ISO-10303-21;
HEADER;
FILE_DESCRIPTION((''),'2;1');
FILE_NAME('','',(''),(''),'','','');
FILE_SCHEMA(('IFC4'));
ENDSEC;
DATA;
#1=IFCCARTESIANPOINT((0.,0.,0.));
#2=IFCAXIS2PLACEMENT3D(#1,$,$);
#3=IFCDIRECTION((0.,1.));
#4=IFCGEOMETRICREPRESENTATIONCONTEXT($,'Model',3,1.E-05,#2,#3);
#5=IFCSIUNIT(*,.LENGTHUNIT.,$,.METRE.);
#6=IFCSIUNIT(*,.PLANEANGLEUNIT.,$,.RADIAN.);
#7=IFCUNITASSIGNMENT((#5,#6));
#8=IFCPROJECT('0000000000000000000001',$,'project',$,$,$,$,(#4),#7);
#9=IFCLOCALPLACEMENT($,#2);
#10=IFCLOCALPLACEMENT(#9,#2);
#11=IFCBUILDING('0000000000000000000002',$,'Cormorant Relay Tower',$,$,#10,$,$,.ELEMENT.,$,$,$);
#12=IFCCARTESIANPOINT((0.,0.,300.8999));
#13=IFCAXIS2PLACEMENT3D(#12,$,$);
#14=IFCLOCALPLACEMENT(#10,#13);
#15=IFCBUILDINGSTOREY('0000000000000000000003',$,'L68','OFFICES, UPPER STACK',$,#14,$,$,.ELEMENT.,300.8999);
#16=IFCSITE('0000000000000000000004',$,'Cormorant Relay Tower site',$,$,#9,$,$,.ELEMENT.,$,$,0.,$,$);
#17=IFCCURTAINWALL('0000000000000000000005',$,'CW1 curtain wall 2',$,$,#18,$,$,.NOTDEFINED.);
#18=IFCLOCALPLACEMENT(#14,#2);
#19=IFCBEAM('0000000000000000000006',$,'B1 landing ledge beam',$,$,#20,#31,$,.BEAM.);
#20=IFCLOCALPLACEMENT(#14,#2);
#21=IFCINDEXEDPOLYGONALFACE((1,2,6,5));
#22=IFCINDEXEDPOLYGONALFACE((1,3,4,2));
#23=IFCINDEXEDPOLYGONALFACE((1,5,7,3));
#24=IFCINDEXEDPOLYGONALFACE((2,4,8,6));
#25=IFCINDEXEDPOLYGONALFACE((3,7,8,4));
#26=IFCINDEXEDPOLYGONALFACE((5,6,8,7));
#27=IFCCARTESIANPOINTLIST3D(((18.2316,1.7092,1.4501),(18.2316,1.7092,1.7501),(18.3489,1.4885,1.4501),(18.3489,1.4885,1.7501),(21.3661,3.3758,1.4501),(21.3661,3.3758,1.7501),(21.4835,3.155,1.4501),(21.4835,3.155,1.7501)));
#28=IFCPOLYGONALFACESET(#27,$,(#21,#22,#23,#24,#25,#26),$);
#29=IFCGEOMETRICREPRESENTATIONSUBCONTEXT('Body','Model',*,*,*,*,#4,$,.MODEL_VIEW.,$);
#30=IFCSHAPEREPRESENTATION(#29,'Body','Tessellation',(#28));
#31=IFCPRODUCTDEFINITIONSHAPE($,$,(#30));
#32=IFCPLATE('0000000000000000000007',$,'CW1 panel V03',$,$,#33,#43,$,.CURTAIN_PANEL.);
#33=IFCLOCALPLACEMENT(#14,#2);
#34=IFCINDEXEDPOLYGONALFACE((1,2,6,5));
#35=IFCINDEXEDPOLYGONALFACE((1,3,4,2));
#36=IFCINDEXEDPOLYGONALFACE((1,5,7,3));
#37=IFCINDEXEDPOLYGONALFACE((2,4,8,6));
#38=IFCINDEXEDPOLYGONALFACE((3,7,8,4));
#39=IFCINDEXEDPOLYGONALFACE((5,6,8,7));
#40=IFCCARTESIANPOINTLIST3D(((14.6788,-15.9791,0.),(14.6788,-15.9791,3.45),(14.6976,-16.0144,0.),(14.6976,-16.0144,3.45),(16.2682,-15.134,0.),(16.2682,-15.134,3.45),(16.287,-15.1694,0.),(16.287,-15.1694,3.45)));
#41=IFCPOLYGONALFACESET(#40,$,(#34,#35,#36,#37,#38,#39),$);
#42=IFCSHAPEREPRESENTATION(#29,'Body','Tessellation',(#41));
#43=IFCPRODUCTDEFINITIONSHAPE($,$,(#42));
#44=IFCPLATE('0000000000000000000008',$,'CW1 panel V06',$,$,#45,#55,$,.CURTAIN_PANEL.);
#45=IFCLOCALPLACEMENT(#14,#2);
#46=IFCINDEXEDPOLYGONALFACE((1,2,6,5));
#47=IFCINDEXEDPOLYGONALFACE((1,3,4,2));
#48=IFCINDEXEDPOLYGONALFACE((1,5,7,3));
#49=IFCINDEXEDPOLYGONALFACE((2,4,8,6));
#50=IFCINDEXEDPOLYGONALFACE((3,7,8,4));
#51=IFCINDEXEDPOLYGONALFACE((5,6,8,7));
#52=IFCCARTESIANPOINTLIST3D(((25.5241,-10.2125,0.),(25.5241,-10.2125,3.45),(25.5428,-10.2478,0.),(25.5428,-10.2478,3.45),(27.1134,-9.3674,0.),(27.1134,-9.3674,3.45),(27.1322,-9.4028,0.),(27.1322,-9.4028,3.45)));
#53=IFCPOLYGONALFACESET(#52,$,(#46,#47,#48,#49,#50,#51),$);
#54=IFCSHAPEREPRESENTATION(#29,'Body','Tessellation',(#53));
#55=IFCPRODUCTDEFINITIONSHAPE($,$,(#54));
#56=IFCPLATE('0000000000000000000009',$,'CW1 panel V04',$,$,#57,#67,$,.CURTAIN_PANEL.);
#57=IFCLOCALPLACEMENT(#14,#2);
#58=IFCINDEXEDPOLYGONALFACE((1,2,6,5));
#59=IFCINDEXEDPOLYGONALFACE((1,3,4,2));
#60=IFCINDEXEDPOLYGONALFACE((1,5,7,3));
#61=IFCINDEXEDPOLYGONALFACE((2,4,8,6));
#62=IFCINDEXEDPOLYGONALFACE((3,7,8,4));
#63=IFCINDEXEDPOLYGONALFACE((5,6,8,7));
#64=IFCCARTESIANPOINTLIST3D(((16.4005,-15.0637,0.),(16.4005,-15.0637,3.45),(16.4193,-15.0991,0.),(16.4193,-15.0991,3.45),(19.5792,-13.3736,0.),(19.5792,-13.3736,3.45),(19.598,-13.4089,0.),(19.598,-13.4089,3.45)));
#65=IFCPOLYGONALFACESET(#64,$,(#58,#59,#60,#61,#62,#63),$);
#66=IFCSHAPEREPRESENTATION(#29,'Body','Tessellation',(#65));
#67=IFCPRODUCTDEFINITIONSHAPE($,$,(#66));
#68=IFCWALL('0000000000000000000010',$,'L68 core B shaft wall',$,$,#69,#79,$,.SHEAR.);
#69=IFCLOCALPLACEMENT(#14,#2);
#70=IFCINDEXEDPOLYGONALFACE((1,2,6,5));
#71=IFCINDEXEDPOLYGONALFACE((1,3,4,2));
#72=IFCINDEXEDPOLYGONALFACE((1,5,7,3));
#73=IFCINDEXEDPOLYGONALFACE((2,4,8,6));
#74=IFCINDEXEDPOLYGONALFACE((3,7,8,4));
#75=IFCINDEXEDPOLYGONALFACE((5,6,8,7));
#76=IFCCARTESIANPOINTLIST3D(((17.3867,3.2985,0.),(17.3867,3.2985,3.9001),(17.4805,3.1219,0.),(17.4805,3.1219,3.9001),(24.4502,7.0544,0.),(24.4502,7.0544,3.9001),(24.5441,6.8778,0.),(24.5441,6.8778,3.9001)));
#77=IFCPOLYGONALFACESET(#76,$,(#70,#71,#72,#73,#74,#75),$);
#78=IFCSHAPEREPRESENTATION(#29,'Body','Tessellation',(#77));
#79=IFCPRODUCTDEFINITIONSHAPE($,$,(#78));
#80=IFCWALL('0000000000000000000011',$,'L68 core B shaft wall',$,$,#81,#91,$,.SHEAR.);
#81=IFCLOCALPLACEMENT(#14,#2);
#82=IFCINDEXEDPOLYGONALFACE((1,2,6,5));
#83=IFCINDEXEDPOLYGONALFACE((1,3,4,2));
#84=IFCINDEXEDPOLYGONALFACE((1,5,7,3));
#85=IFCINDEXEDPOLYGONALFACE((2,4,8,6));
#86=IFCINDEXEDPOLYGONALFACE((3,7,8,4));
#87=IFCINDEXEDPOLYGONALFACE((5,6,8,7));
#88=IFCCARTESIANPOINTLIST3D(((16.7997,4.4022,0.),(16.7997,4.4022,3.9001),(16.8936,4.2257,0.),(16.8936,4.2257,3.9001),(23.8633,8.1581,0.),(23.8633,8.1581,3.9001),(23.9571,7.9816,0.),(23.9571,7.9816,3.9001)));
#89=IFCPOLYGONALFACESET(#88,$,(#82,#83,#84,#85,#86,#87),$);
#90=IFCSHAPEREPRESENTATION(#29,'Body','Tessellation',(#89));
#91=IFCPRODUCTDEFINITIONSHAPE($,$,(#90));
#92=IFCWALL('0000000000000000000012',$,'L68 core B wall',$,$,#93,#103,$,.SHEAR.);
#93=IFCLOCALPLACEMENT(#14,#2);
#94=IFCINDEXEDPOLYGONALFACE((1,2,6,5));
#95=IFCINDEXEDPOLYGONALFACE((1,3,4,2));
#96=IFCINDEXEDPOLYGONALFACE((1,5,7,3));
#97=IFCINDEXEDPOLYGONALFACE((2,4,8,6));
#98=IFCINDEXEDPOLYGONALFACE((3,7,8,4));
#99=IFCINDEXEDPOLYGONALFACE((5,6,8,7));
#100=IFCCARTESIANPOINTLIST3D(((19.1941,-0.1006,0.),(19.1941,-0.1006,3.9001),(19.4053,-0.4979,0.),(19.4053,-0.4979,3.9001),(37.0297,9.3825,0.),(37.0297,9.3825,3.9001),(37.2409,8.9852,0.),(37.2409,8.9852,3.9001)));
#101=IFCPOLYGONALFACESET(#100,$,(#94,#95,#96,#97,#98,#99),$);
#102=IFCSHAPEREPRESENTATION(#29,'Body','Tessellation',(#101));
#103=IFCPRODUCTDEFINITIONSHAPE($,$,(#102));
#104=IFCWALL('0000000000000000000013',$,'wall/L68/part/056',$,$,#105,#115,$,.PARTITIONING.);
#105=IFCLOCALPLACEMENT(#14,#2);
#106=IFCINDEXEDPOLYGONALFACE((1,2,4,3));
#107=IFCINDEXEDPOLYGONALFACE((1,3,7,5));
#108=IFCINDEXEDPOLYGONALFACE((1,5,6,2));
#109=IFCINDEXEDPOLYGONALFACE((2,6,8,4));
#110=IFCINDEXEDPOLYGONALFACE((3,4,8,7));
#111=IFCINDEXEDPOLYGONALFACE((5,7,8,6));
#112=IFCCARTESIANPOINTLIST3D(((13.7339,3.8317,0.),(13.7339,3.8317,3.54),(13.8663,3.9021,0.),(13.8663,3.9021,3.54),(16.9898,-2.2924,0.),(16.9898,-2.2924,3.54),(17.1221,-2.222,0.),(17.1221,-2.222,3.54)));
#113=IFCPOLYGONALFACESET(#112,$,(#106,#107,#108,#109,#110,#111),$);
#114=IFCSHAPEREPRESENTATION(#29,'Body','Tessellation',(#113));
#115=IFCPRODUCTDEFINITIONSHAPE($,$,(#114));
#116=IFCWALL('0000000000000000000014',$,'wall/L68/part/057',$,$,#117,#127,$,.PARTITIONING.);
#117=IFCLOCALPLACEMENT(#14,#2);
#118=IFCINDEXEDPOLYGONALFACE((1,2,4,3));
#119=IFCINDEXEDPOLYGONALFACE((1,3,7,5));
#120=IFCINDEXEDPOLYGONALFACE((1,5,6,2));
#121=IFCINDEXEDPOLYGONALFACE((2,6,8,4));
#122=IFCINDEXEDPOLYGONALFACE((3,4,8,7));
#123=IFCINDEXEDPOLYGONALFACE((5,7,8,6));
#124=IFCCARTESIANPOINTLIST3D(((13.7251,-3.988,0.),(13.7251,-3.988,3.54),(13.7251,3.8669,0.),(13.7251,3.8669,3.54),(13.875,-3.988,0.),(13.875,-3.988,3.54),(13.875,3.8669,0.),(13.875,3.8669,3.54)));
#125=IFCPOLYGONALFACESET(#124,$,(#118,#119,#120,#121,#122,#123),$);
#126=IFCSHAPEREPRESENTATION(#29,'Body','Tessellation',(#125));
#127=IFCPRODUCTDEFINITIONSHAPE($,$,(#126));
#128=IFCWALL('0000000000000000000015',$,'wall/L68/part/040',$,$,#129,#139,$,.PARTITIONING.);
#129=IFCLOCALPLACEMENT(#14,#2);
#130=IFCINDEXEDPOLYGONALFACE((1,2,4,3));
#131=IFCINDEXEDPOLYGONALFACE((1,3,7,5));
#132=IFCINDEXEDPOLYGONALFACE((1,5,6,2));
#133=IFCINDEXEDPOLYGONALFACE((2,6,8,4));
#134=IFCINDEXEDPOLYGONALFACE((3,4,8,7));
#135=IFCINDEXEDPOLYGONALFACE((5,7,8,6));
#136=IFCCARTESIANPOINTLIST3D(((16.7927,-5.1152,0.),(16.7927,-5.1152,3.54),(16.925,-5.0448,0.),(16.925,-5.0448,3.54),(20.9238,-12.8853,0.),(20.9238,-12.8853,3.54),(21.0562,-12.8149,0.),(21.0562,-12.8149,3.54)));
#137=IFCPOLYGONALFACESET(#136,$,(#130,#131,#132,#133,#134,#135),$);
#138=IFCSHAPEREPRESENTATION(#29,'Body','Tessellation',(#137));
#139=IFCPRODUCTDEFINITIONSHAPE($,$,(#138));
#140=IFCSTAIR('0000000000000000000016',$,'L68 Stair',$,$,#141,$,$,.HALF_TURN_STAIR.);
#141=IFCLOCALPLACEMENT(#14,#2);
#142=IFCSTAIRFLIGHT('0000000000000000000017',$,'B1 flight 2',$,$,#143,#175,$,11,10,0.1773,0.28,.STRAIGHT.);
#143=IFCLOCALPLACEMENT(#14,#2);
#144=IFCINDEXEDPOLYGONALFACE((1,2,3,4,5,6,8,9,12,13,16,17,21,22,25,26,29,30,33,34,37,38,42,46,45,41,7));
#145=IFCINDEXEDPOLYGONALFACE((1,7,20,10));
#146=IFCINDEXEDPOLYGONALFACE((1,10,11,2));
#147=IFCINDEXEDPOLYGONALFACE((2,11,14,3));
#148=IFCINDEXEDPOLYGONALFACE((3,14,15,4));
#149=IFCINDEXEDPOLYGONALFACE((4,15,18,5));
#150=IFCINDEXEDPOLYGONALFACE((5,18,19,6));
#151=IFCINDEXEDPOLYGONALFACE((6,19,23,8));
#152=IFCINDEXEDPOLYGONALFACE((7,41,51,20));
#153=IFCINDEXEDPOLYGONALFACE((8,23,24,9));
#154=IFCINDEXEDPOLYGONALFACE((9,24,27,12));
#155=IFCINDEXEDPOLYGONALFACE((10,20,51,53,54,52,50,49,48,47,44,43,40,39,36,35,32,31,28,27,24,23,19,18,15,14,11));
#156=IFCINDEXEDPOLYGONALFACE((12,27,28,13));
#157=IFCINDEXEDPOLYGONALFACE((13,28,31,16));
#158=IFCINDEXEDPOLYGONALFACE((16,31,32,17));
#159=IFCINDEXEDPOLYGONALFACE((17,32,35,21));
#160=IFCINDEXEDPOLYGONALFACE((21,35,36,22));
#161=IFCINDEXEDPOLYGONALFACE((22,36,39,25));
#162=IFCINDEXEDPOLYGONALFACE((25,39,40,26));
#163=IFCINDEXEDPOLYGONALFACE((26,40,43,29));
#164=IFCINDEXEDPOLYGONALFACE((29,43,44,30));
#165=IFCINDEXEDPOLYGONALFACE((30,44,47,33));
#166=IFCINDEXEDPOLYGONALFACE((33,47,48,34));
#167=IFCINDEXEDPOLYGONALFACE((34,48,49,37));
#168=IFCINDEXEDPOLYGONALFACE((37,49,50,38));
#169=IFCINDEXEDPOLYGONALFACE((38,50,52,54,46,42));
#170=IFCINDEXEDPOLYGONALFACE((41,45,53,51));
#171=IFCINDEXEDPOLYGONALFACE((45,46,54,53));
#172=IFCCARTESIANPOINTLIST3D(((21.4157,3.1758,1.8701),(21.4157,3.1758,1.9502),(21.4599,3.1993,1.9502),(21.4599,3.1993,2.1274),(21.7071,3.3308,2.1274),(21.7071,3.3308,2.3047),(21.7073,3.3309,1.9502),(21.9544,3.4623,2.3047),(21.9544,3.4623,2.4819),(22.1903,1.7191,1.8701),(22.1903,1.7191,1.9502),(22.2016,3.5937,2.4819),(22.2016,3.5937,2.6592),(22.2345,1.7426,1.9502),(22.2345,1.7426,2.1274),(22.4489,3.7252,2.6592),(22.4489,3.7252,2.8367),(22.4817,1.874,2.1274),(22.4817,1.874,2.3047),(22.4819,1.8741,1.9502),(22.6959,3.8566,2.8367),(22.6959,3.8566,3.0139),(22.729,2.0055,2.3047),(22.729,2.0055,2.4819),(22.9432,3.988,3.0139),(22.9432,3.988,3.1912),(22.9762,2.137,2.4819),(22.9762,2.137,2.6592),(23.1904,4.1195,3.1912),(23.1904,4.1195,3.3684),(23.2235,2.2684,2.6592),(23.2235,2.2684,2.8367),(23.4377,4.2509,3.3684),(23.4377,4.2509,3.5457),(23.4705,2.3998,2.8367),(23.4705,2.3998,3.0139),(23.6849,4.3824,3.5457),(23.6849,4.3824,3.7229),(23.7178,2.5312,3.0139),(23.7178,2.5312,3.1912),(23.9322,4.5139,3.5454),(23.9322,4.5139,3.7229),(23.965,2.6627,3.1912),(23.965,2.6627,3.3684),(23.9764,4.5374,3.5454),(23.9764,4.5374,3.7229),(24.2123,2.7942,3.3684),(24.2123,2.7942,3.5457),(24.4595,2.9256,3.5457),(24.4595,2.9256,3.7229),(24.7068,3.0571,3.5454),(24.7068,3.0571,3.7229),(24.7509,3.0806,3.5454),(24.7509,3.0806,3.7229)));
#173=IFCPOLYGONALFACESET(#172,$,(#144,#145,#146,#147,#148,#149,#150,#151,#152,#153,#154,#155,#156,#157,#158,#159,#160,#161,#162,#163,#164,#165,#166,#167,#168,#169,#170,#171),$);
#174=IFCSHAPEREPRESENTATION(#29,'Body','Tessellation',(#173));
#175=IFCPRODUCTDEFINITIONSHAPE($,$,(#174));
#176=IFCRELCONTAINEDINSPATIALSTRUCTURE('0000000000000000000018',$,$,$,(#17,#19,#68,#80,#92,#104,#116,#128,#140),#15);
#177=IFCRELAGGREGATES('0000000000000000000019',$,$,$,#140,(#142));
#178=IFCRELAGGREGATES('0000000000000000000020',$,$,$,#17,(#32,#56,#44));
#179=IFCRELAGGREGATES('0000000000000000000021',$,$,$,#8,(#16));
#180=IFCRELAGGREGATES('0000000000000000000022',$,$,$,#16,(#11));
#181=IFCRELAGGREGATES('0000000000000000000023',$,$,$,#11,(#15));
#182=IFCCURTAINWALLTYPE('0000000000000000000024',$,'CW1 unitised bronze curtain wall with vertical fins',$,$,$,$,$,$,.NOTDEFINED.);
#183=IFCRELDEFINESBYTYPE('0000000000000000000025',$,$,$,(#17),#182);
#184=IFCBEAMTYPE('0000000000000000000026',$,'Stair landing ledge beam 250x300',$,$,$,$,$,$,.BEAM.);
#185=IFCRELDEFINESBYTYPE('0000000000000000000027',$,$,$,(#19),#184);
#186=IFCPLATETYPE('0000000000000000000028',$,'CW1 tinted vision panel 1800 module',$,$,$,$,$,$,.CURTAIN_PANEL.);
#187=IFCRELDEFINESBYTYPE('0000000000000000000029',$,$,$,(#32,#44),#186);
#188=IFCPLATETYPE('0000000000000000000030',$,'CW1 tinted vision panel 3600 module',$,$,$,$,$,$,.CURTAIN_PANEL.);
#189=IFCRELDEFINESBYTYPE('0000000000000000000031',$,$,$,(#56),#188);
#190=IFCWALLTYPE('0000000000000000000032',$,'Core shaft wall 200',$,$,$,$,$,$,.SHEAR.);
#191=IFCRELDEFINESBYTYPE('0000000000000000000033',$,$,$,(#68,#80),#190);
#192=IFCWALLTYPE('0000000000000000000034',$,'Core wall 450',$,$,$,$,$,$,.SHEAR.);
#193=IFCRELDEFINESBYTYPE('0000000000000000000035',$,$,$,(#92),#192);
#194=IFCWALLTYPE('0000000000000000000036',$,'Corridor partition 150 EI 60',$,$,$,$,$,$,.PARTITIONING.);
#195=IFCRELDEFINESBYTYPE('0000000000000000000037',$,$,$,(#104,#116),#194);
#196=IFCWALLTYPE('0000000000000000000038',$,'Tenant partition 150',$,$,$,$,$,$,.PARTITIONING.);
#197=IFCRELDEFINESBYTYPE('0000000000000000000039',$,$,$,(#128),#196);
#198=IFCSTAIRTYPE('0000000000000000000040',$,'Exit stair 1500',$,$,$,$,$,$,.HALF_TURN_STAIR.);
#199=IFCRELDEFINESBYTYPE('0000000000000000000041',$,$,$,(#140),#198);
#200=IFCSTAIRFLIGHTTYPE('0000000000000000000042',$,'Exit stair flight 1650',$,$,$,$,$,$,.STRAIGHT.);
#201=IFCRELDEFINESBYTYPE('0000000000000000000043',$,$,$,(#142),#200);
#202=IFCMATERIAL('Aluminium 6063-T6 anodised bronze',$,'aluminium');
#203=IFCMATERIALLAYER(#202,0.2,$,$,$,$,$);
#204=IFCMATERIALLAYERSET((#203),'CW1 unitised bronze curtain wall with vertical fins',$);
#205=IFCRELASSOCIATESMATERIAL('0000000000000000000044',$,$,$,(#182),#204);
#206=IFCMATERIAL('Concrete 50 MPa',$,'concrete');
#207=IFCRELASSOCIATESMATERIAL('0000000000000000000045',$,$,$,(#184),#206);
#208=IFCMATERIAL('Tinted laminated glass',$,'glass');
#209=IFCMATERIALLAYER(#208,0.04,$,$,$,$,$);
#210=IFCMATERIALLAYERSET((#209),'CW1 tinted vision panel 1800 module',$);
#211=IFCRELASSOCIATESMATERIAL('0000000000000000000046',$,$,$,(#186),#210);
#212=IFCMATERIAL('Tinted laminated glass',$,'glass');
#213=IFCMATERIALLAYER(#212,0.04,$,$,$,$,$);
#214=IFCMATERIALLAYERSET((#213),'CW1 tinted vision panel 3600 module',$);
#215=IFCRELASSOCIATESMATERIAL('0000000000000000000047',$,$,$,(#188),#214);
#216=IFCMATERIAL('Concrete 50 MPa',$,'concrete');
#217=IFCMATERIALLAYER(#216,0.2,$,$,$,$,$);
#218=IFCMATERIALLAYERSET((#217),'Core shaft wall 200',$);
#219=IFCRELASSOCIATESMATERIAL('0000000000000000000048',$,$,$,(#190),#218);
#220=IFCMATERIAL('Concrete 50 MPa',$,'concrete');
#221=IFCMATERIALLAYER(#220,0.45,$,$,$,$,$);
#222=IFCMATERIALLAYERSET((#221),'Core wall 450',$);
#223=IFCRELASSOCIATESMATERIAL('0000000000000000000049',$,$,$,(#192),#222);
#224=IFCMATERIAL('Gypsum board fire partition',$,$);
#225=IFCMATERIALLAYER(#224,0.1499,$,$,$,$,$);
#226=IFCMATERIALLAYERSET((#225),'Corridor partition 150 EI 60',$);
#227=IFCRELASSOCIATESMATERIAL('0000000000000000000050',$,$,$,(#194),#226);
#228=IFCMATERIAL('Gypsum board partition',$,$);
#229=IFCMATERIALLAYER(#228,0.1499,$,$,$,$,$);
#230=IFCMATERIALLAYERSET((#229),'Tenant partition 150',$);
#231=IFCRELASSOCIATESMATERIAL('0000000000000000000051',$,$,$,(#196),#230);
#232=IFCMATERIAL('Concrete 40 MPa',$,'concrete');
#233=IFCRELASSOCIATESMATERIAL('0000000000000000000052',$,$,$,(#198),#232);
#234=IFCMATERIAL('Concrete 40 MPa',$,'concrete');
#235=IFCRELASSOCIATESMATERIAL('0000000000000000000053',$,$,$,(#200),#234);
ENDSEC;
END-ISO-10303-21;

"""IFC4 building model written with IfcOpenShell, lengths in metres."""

from ifc_helpers import new_model, si_unit, direction, frame, frame_2d, origin, origin_2d, place, context, subcontext, project, spatial, polyline, rectangle, outline, extrude, material, layer, layer_set, material_profile, profile_set, type_object, element, aggregate, save


model = new_model("IFC4")

# Units and contexts
model_context = context("Model", 3, precision=1e-05, world=origin(), true_north=direction((0.0, 1.0)))
body_context = subcontext(model_context, "Body", "Model", "MODEL_VIEW")
ifc_project = project(units=[si_unit("LENGTHUNIT", "METRE"), si_unit("PLANEANGLEUNIT", "RADIAN")], contexts=[model_context])

# Site, building, storey
site_placement = place(None, origin())
site = spatial("IfcSite", under=ifc_project, at=site_placement, Name="Cormorant Relay Tower site", CompositionType="ELEMENT", RefElevation=0.0)
building_placement = place(site_placement, origin())
building = spatial("IfcBuilding", under=site, at=building_placement, Name="Cormorant Relay Tower", CompositionType="ELEMENT")
storey_placement = place(building_placement, frame((0.0, 0.0, 300.8999)))
storey = spatial("IfcBuildingStorey", under=building, at=storey_placement, Name="L68", Description="OFFICES, UPPER STACK", CompositionType="ELEMENT", Elevation=300.8999)

# Curtain wall
ifc_material_1 = material(Name="Aluminium 6063-T6 anodised bronze", Category="aluminium")
ifc_layer_1 = layer(ifc_material_1, 0.2)
ifc_layer_set_1 = layer_set([ifc_layer_1], Name="CW1 unitised bronze curtain wall with vertical fins")
curtain_wall_type = type_object("IfcCurtainWallType", Name="CW1 unitised bronze curtain wall with vertical fins", PredefinedType="NOTDEFINED", material=ifc_layer_set_1)
curtain_wall_placement = place(storey_placement, origin())
curtain_wall = element("IfcCurtainWall", 1, at=curtain_wall_placement, inside=storey, type_object=curtain_wall_type, Name="CW1 curtain wall 2", PredefinedType="NOTDEFINED")

# Beam
ifc_material_2 = material(Name="Concrete 50 MPa", Category="concrete")
ifc_material_profile_1 = material_profile(ifc_material_2, rectangle(XDim=0.25, YDim=0.3, at=origin_2d()), Name="RC 250x300")
ifc_profile_set_1 = profile_set([ifc_material_profile_1], Name="Concrete 50 MPa")
beam_type_1 = type_object("IfcBeamType", Name="Stair landing ledge beam 250x300", PredefinedType="BEAM", material=ifc_profile_set_1)
beam_1_placement = place(storey_placement, frame((21.4248, 3.2654, 1.6001), z_axis=(-0.882965, -0.469438, 0.0), x_axis=(0.469438, -0.882965, 0.0)))
element("IfcBeam", 2, at=beam_1_placement, inside=storey, type_object=beam_type_1, Name="B1 landing ledge beam", PredefinedType="BEAM", context=body_context, shape_type="SweptSolid", body=[
    extrude(rectangle(XDim=0.25, YDim=0.3, at=origin_2d()), origin(), (0.0, 0.0, 1.0), 3.55),
])

# Plates
ifc_material_3 = material(Name="Tinted laminated glass", Category="glass")
ifc_layer_2 = layer(ifc_material_3, 0.04)
ifc_layer_set_2 = layer_set([ifc_layer_2], Name="CW1 tinted vision panel 1800 module")
plate_type_1 = type_object("IfcPlateType", Name="CW1 tinted vision panel 1800 module", PredefinedType="CURTAIN_PANEL", material=ifc_layer_set_2)
plate_1_placement = place(storey_placement, frame((15.4829, -15.5742, 0.0), z_axis=(0.0, 0.0, 1.0), x_axis=(0.882948, 0.469472, 0.0)))
plate_1 = element("IfcPlate", 3, at=plate_1_placement, type_object=plate_type_1, Name="CW1 panel V03", PredefinedType="CURTAIN_PANEL", context=body_context, shape_type="SweptSolid", body=[
    extrude(rectangle(XDim=1.8, YDim=0.04, at=origin_2d()), origin(), (0.0, 0.0, 1.0), 3.45),
])
plate_2_placement = place(storey_placement, frame((26.3281, -9.8076, 0.0), z_axis=(0.0, 0.0, 1.0), x_axis=(0.882948, 0.469472, 0.0)))
plate_2 = element("IfcPlate", 4, at=plate_2_placement, type_object=plate_type_1, Name="CW1 panel V06", PredefinedType="CURTAIN_PANEL", context=body_context, shape_type="SweptSolid", body=[
    extrude(rectangle(XDim=1.8, YDim=0.04, at=origin_2d()), origin(), (0.0, 0.0, 1.0), 3.45),
])
ifc_material_4 = material(Name="Tinted laminated glass", Category="glass")
ifc_layer_3 = layer(ifc_material_4, 0.04)
ifc_layer_set_3 = layer_set([ifc_layer_3], Name="CW1 tinted vision panel 3600 module")
plate_type_2 = type_object("IfcPlateType", Name="CW1 tinted vision panel 3600 module", PredefinedType="CURTAIN_PANEL", material=ifc_layer_set_3)
plate_3_placement = place(storey_placement, frame((17.9993, -14.2363, 0.0), z_axis=(0.0, 0.0, 1.0), x_axis=(0.882948, 0.469472, 0.0)))
plate_3 = element("IfcPlate", 5, at=plate_3_placement, type_object=plate_type_2, Name="CW1 panel V04", PredefinedType="CURTAIN_PANEL", context=body_context, shape_type="SweptSolid", body=[
    extrude(rectangle(XDim=3.6001, YDim=0.04, at=origin_2d()), origin(), (0.0, 0.0, 1.0), 3.45),
])

# Walls
ifc_material_5 = material(Name="Concrete 50 MPa", Category="concrete")
ifc_layer_4 = layer(ifc_material_5, 0.2)
ifc_layer_set_4 = layer_set([ifc_layer_4], Name="Core shaft wall 200")
wall_type_1 = type_object("IfcWallType", Name="Core shaft wall 200", PredefinedType="SHEAR", material=ifc_layer_set_4)
for number, where, z_axis, x_axis, name in (
    (6, (17.4336, 3.2102, 0.0), (0.0, 0.0, 1.0), (0.88294, 0.469485, 0.0), "L68 core B shaft wall"),
    (7, (16.8467, 4.314, 0.0), (0.0, 0.0, 1.0), (0.88294, 0.469485, 0.0), "L68 core B shaft wall"),
):
    element("IfcWall", number, at=place(storey_placement, frame(where, z_axis=z_axis, x_axis=x_axis)), inside=storey, type_object=wall_type_1, Name=name, PredefinedType="SHEAR", context=body_context, shape_type="SweptSolid", body=[
        extrude(rectangle(XDim=8.0, YDim=0.2, at=frame_2d((4.0, 0.0))), origin(), (0.0, 0.0, 1.0), 3.9001),
    ])

# Shared definitions
ifc_material_6 = material(Name="Concrete 50 MPa", Category="concrete")
ifc_layer_5 = layer(ifc_material_6, 0.45)
ifc_layer_set_5 = layer_set([ifc_layer_5], Name="Core wall 450")
wall_type_2 = type_object("IfcWallType", Name="Core wall 450", PredefinedType="SHEAR", material=ifc_layer_set_5)

# Walls
wall_1_placement = place(storey_placement, frame((19.2996, -0.2993, 0.0), z_axis=(0.0, 0.0, 1.0), x_axis=(0.882953, 0.469462, 0.0)))
element("IfcWall", 8, at=wall_1_placement, inside=storey, type_object=wall_type_2, Name="L68 core B wall", PredefinedType="SHEAR", context=body_context, shape_type="SweptSolid", body=[
    extrude(rectangle(XDim=20.2, YDim=0.45, at=frame_2d((10.1001, 0.0))), origin(), (0.0, 0.0, 1.0), 3.9001),
])
ifc_material_7 = material(Name="Gypsum board fire partition")
ifc_layer_6 = layer(ifc_material_7, 0.1499)
ifc_layer_set_6 = layer_set([ifc_layer_6], Name="Corridor partition 150 EI 60")
wall_type_3 = type_object("IfcWallType", Name="Corridor partition 150 EI 60", PredefinedType="PARTITIONING", material=ifc_layer_set_6)
wall_2_placement = place(storey_placement, frame((17.0559, -2.2571, 0.0), z_axis=(0.0, 0.0, 1.0), x_axis=(-0.469433, 0.882968, 0.0)))
element("IfcWall", 9, at=wall_2_placement, inside=storey, type_object=wall_type_3, Name="wall/L68/part/056", PredefinedType="PARTITIONING", context=body_context, shape_type="SweptSolid", body=[
    extrude(rectangle(XDim=6.9358, YDim=0.1499, at=frame_2d((3.4678, 0.0))), origin(), (0.0, 0.0, 1.0), 3.54),
])
wall_3_placement = place(storey_placement, frame((13.8, 3.8669, 0.0), z_axis=(0.0, 0.0, 1.0), x_axis=(0.0, -1.0, 0.0)))
element("IfcWall", 10, at=wall_3_placement, inside=storey, type_object=wall_type_3, Name="wall/L68/part/057", PredefinedType="PARTITIONING", context=body_context, shape_type="SweptSolid", body=[
    extrude(rectangle(XDim=7.855, YDim=0.1499, at=frame_2d((3.9275, 0.0))), origin(), (0.0, 0.0, 1.0), 3.54),
])
ifc_material_8 = material(Name="Gypsum board partition")
ifc_layer_7 = layer(ifc_material_8, 0.1499)
ifc_layer_set_7 = layer_set([ifc_layer_7], Name="Tenant partition 150")
wall_type_4 = type_object("IfcWallType", Name="Tenant partition 150", PredefinedType="PARTITIONING", material=ifc_layer_set_7)
wall_4_placement = place(storey_placement, frame((16.8589, -5.0801, 0.0), z_axis=(0.0, 0.0, 1.0), x_axis=(0.469446, -0.882961, 0.0)))
element("IfcWall", 11, at=wall_4_placement, inside=storey, type_object=wall_type_4, Name="wall/L68/part/040", PredefinedType="PARTITIONING", context=body_context, shape_type="SweptSolid", body=[
    extrude(rectangle(XDim=8.8, YDim=0.1499, at=frame_2d((4.3999, 0.0))), origin(), (0.0, 0.0, 1.0), 3.54),
])

# Stair, stair flight
ifc_material_9 = material(Name="Concrete 40 MPa", Category="concrete")
stair_type = type_object("IfcStairType", Name="Exit stair 1500", PredefinedType="HALF_TURN_STAIR", material=ifc_material_9)
stair_placement = place(storey_placement, origin())
stair = element("IfcStair", 12, at=stair_placement, inside=storey, type_object=stair_type, Name="L68 Stair", PredefinedType="HALF_TURN_STAIR")
ifc_material_10 = material(Name="Concrete 40 MPa", Category="concrete")
stair_flight_type = type_object("IfcStairFlightType", Name="Exit stair flight 1650", PredefinedType="STRAIGHT", material=ifc_material_10)
stair_flight_placement = place(storey_placement, frame((21.8472, 2.4709, 1.9502), z_axis=(0.0, 0.0, 1.0), x_axis=(0.882948, 0.469472, 0.0)))
stair_flight = element("IfcStairFlight", 13, at=stair_flight_placement, type_object=stair_flight_type, Name="B1 flight 2", NumberOfRisers=11, NumberOfTreads=10, PredefinedType="STRAIGHT", RiserHeight=0.1773, TreadLength=0.28, context=body_context, shape_type="SweptSolid", body=[
    extrude(outline(polyline([(-0.05, -0.0801), (-0.05, 0.0), (0.0, 0.0), (0.0, 0.1772), (0.28, 0.1772), (0.28, 0.3545), (0.5601, 0.3545), (0.5601, 0.5317), (0.8401, 0.5317), (0.8401, 0.709), (1.1201, 0.709), (1.1201, 0.8865), (1.3999, 0.8865), (1.3999, 1.0637), (1.6799, 1.0637), (1.6799, 1.241), (1.96, 1.241), (1.96, 1.4182), (2.24, 1.4182), (2.24, 1.5955), (2.52, 1.5955), (2.52, 1.7727), (2.8, 1.7727), (2.8501, 1.7727), (2.8501, 1.5952), (2.8, 1.5952), (0.2803, 0.0), (-0.05, -0.0801)])), frame((0.0, 0.825, 0.0), z_axis=(0.0, -1.0, 0.0), x_axis=(1.0, 0.0, 0.0)), (0.0, 0.0, 1.0), 1.6499),
])
aggregate(stair, [stair_flight])

aggregate(curtain_wall, [plate_1, plate_3, plate_2])

save(model, "model.ifc")
